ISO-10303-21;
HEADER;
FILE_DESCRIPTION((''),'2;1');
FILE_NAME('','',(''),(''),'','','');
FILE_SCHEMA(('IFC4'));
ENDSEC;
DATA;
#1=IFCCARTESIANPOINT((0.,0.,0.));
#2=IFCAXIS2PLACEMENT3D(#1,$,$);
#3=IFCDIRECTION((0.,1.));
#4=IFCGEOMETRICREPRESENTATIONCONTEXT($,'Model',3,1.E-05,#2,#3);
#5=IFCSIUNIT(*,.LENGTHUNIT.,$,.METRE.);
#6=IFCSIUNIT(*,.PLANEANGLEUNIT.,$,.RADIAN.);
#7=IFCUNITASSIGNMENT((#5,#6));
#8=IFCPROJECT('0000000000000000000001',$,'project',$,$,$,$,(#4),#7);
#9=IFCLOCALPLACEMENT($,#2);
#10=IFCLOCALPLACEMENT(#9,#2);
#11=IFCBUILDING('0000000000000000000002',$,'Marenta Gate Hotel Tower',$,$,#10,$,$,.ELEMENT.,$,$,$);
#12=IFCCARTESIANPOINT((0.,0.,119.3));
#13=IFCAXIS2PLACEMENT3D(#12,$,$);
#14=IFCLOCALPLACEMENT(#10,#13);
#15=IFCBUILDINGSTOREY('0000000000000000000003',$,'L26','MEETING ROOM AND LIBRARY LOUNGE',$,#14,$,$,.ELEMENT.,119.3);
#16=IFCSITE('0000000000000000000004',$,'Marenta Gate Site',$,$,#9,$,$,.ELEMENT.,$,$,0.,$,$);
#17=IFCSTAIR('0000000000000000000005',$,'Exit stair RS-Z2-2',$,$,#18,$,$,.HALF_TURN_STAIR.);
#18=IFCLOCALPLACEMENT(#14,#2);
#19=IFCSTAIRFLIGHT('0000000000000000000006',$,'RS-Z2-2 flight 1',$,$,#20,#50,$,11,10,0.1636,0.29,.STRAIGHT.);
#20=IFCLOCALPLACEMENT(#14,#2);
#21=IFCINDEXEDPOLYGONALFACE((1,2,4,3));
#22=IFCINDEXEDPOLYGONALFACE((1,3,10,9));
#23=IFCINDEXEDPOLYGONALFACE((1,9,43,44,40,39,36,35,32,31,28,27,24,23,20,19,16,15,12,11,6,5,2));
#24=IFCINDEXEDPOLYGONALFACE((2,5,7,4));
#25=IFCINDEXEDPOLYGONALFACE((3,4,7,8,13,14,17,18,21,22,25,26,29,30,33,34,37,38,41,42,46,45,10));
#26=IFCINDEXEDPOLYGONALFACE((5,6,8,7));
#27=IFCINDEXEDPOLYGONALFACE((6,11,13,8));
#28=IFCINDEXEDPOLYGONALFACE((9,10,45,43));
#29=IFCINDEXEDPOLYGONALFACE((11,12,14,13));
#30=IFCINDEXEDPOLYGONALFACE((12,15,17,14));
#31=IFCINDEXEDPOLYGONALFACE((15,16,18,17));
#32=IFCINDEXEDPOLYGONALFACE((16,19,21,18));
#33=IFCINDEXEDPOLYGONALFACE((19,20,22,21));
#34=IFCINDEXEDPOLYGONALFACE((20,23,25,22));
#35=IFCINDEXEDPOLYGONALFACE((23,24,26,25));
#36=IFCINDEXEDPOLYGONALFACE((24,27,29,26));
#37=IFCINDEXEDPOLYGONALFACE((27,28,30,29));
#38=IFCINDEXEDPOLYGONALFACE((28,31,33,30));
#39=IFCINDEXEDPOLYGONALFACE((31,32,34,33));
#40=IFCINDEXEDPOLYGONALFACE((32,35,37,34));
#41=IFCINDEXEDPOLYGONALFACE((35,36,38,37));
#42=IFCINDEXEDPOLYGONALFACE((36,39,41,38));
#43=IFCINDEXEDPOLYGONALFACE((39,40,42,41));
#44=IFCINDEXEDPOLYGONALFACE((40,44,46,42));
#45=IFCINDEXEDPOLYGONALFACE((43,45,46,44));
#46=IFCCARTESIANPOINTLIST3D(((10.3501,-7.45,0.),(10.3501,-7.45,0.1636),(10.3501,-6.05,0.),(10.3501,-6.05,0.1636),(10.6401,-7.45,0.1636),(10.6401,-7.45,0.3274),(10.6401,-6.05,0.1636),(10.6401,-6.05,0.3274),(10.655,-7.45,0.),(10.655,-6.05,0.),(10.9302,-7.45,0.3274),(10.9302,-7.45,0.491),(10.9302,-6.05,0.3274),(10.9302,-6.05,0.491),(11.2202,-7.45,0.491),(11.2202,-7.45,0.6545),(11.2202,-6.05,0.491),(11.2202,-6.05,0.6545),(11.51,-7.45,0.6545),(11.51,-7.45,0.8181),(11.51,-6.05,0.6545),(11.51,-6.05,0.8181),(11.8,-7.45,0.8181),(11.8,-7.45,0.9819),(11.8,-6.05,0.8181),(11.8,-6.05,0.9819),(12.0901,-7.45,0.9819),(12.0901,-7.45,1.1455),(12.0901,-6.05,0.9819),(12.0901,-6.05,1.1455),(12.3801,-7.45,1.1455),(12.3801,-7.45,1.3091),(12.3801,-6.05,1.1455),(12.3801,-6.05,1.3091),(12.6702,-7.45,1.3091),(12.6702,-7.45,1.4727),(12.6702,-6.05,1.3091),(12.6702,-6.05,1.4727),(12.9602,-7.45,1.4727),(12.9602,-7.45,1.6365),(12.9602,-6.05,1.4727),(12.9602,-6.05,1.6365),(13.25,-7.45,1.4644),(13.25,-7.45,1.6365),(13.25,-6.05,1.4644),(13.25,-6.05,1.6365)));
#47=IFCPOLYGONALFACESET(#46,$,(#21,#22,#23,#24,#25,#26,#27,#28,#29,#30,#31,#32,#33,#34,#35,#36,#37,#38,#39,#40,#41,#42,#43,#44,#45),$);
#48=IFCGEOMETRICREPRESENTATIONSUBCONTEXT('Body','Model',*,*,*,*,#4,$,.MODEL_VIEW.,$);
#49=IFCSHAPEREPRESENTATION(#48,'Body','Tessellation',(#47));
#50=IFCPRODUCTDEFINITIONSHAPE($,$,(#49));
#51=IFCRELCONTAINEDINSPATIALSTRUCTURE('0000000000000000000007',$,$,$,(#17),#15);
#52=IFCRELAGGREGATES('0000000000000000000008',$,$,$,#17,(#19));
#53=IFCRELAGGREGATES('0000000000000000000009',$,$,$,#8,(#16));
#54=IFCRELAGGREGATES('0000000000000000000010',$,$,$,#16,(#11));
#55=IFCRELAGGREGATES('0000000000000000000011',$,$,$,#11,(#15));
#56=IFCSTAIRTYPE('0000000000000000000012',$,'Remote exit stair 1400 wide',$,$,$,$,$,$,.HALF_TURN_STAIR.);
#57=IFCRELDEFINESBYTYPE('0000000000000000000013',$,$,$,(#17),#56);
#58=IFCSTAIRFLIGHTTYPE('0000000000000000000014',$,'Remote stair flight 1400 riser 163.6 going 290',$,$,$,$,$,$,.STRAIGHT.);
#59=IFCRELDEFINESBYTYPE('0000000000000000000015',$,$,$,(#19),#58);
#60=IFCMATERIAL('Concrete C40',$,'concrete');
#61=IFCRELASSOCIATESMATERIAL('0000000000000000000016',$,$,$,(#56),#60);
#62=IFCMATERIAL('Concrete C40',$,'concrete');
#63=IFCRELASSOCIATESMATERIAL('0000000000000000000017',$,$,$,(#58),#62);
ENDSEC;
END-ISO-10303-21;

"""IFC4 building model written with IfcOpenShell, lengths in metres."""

from ifc_helpers import new_model, si_unit, direction, frame, origin, place, context, subcontext, project, spatial, polyline, outline, extrude, material, type_object, element, aggregate, save


model = new_model("IFC4")

# Units and contexts
model_context = context("Model", 3, precision=1e-05, world=origin(), true_north=direction((0.0, 1.0)))
body_context = subcontext(model_context, "Body", "Model", "MODEL_VIEW")
ifc_project = project(units=[si_unit("LENGTHUNIT", "METRE"), si_unit("PLANEANGLEUNIT", "RADIAN")], contexts=[model_context])

# Site, building, storey
site_placement = place(None, origin())
site = spatial("IfcSite", under=ifc_project, at=site_placement, Name="Marenta Gate Site", CompositionType="ELEMENT", RefElevation=0.0)
building_placement = place(site_placement, origin())
building = spatial("IfcBuilding", under=site, at=building_placement, Name="Marenta Gate Hotel Tower", CompositionType="ELEMENT")
storey_placement = place(building_placement, frame((0.0, 0.0, 119.3)))
storey = spatial("IfcBuildingStorey", under=building, at=storey_placement, Name="L26", Description="MEETING ROOM AND LIBRARY LOUNGE", CompositionType="ELEMENT", Elevation=119.3)

# Stair
ifc_material_1 = material(Name="Concrete C40", Category="concrete")
stair_type = type_object("IfcStairType", Name="Remote exit stair 1400 wide", PredefinedType="HALF_TURN_STAIR", material=ifc_material_1)
stair_1_placement = place(storey_placement, origin())
stair_1 = element("IfcStair", 1, at=stair_1_placement, inside=storey, type_object=stair_type, Name="Exit stair RS-Z2-2", PredefinedType="HALF_TURN_STAIR")

# Stair flight
ifc_material_2 = material(Name="Concrete C40", Category="concrete")
stair_flight_type = type_object("IfcStairFlightType", Name="Remote stair flight 1400 riser 163.6 going 290", PredefinedType="STRAIGHT", material=ifc_material_2)
stair_flight_placement = place(storey_placement, frame((10.3501, -6.75, 0.0), z_axis=(0.0, 0.0, 1.0), x_axis=(1.0, 0.0, 0.0)))
stair_flight = element("IfcStairFlight", 2, at=stair_flight_placement, type_object=stair_flight_type, Name="RS-Z2-2 flight 1", NumberOfRisers=11, NumberOfTreads=10, PredefinedType="STRAIGHT", RiserHeight=0.1636, TreadLength=0.29, context=body_context, shape_type="SweptSolid", body=[
    extrude(outline(polyline([(0.0, 0.0), (0.0, 0.1636), (0.29, 0.1636), (0.29, 0.3274), (0.5801, 0.3274), (0.5801, 0.491), (0.8701, 0.491), (0.8701, 0.6545), (1.1599, 0.6545), (1.1599, 0.8181), (1.45, 0.8181), (1.45, 0.9819), (1.74, 0.9819), (1.74, 1.1455), (2.03, 1.1455), (2.03, 1.3091), (2.3201, 1.3091), (2.3201, 1.4727), (2.6101, 1.4727), (2.6101, 1.6365), (2.8999, 1.6365), (2.8999, 1.8), (2.8999, 1.4644), (0.3049, 0.0), (0.0, 0.0)])), frame((0.0, 0.7, 0.0), z_axis=(0.0, -1.0, 0.0), x_axis=(1.0, 0.0, 0.0)), (0.0, 0.0, 1.0), 1.3999),
])
aggregate(stair_1, [stair_flight])

save(model, "model.ifc")
